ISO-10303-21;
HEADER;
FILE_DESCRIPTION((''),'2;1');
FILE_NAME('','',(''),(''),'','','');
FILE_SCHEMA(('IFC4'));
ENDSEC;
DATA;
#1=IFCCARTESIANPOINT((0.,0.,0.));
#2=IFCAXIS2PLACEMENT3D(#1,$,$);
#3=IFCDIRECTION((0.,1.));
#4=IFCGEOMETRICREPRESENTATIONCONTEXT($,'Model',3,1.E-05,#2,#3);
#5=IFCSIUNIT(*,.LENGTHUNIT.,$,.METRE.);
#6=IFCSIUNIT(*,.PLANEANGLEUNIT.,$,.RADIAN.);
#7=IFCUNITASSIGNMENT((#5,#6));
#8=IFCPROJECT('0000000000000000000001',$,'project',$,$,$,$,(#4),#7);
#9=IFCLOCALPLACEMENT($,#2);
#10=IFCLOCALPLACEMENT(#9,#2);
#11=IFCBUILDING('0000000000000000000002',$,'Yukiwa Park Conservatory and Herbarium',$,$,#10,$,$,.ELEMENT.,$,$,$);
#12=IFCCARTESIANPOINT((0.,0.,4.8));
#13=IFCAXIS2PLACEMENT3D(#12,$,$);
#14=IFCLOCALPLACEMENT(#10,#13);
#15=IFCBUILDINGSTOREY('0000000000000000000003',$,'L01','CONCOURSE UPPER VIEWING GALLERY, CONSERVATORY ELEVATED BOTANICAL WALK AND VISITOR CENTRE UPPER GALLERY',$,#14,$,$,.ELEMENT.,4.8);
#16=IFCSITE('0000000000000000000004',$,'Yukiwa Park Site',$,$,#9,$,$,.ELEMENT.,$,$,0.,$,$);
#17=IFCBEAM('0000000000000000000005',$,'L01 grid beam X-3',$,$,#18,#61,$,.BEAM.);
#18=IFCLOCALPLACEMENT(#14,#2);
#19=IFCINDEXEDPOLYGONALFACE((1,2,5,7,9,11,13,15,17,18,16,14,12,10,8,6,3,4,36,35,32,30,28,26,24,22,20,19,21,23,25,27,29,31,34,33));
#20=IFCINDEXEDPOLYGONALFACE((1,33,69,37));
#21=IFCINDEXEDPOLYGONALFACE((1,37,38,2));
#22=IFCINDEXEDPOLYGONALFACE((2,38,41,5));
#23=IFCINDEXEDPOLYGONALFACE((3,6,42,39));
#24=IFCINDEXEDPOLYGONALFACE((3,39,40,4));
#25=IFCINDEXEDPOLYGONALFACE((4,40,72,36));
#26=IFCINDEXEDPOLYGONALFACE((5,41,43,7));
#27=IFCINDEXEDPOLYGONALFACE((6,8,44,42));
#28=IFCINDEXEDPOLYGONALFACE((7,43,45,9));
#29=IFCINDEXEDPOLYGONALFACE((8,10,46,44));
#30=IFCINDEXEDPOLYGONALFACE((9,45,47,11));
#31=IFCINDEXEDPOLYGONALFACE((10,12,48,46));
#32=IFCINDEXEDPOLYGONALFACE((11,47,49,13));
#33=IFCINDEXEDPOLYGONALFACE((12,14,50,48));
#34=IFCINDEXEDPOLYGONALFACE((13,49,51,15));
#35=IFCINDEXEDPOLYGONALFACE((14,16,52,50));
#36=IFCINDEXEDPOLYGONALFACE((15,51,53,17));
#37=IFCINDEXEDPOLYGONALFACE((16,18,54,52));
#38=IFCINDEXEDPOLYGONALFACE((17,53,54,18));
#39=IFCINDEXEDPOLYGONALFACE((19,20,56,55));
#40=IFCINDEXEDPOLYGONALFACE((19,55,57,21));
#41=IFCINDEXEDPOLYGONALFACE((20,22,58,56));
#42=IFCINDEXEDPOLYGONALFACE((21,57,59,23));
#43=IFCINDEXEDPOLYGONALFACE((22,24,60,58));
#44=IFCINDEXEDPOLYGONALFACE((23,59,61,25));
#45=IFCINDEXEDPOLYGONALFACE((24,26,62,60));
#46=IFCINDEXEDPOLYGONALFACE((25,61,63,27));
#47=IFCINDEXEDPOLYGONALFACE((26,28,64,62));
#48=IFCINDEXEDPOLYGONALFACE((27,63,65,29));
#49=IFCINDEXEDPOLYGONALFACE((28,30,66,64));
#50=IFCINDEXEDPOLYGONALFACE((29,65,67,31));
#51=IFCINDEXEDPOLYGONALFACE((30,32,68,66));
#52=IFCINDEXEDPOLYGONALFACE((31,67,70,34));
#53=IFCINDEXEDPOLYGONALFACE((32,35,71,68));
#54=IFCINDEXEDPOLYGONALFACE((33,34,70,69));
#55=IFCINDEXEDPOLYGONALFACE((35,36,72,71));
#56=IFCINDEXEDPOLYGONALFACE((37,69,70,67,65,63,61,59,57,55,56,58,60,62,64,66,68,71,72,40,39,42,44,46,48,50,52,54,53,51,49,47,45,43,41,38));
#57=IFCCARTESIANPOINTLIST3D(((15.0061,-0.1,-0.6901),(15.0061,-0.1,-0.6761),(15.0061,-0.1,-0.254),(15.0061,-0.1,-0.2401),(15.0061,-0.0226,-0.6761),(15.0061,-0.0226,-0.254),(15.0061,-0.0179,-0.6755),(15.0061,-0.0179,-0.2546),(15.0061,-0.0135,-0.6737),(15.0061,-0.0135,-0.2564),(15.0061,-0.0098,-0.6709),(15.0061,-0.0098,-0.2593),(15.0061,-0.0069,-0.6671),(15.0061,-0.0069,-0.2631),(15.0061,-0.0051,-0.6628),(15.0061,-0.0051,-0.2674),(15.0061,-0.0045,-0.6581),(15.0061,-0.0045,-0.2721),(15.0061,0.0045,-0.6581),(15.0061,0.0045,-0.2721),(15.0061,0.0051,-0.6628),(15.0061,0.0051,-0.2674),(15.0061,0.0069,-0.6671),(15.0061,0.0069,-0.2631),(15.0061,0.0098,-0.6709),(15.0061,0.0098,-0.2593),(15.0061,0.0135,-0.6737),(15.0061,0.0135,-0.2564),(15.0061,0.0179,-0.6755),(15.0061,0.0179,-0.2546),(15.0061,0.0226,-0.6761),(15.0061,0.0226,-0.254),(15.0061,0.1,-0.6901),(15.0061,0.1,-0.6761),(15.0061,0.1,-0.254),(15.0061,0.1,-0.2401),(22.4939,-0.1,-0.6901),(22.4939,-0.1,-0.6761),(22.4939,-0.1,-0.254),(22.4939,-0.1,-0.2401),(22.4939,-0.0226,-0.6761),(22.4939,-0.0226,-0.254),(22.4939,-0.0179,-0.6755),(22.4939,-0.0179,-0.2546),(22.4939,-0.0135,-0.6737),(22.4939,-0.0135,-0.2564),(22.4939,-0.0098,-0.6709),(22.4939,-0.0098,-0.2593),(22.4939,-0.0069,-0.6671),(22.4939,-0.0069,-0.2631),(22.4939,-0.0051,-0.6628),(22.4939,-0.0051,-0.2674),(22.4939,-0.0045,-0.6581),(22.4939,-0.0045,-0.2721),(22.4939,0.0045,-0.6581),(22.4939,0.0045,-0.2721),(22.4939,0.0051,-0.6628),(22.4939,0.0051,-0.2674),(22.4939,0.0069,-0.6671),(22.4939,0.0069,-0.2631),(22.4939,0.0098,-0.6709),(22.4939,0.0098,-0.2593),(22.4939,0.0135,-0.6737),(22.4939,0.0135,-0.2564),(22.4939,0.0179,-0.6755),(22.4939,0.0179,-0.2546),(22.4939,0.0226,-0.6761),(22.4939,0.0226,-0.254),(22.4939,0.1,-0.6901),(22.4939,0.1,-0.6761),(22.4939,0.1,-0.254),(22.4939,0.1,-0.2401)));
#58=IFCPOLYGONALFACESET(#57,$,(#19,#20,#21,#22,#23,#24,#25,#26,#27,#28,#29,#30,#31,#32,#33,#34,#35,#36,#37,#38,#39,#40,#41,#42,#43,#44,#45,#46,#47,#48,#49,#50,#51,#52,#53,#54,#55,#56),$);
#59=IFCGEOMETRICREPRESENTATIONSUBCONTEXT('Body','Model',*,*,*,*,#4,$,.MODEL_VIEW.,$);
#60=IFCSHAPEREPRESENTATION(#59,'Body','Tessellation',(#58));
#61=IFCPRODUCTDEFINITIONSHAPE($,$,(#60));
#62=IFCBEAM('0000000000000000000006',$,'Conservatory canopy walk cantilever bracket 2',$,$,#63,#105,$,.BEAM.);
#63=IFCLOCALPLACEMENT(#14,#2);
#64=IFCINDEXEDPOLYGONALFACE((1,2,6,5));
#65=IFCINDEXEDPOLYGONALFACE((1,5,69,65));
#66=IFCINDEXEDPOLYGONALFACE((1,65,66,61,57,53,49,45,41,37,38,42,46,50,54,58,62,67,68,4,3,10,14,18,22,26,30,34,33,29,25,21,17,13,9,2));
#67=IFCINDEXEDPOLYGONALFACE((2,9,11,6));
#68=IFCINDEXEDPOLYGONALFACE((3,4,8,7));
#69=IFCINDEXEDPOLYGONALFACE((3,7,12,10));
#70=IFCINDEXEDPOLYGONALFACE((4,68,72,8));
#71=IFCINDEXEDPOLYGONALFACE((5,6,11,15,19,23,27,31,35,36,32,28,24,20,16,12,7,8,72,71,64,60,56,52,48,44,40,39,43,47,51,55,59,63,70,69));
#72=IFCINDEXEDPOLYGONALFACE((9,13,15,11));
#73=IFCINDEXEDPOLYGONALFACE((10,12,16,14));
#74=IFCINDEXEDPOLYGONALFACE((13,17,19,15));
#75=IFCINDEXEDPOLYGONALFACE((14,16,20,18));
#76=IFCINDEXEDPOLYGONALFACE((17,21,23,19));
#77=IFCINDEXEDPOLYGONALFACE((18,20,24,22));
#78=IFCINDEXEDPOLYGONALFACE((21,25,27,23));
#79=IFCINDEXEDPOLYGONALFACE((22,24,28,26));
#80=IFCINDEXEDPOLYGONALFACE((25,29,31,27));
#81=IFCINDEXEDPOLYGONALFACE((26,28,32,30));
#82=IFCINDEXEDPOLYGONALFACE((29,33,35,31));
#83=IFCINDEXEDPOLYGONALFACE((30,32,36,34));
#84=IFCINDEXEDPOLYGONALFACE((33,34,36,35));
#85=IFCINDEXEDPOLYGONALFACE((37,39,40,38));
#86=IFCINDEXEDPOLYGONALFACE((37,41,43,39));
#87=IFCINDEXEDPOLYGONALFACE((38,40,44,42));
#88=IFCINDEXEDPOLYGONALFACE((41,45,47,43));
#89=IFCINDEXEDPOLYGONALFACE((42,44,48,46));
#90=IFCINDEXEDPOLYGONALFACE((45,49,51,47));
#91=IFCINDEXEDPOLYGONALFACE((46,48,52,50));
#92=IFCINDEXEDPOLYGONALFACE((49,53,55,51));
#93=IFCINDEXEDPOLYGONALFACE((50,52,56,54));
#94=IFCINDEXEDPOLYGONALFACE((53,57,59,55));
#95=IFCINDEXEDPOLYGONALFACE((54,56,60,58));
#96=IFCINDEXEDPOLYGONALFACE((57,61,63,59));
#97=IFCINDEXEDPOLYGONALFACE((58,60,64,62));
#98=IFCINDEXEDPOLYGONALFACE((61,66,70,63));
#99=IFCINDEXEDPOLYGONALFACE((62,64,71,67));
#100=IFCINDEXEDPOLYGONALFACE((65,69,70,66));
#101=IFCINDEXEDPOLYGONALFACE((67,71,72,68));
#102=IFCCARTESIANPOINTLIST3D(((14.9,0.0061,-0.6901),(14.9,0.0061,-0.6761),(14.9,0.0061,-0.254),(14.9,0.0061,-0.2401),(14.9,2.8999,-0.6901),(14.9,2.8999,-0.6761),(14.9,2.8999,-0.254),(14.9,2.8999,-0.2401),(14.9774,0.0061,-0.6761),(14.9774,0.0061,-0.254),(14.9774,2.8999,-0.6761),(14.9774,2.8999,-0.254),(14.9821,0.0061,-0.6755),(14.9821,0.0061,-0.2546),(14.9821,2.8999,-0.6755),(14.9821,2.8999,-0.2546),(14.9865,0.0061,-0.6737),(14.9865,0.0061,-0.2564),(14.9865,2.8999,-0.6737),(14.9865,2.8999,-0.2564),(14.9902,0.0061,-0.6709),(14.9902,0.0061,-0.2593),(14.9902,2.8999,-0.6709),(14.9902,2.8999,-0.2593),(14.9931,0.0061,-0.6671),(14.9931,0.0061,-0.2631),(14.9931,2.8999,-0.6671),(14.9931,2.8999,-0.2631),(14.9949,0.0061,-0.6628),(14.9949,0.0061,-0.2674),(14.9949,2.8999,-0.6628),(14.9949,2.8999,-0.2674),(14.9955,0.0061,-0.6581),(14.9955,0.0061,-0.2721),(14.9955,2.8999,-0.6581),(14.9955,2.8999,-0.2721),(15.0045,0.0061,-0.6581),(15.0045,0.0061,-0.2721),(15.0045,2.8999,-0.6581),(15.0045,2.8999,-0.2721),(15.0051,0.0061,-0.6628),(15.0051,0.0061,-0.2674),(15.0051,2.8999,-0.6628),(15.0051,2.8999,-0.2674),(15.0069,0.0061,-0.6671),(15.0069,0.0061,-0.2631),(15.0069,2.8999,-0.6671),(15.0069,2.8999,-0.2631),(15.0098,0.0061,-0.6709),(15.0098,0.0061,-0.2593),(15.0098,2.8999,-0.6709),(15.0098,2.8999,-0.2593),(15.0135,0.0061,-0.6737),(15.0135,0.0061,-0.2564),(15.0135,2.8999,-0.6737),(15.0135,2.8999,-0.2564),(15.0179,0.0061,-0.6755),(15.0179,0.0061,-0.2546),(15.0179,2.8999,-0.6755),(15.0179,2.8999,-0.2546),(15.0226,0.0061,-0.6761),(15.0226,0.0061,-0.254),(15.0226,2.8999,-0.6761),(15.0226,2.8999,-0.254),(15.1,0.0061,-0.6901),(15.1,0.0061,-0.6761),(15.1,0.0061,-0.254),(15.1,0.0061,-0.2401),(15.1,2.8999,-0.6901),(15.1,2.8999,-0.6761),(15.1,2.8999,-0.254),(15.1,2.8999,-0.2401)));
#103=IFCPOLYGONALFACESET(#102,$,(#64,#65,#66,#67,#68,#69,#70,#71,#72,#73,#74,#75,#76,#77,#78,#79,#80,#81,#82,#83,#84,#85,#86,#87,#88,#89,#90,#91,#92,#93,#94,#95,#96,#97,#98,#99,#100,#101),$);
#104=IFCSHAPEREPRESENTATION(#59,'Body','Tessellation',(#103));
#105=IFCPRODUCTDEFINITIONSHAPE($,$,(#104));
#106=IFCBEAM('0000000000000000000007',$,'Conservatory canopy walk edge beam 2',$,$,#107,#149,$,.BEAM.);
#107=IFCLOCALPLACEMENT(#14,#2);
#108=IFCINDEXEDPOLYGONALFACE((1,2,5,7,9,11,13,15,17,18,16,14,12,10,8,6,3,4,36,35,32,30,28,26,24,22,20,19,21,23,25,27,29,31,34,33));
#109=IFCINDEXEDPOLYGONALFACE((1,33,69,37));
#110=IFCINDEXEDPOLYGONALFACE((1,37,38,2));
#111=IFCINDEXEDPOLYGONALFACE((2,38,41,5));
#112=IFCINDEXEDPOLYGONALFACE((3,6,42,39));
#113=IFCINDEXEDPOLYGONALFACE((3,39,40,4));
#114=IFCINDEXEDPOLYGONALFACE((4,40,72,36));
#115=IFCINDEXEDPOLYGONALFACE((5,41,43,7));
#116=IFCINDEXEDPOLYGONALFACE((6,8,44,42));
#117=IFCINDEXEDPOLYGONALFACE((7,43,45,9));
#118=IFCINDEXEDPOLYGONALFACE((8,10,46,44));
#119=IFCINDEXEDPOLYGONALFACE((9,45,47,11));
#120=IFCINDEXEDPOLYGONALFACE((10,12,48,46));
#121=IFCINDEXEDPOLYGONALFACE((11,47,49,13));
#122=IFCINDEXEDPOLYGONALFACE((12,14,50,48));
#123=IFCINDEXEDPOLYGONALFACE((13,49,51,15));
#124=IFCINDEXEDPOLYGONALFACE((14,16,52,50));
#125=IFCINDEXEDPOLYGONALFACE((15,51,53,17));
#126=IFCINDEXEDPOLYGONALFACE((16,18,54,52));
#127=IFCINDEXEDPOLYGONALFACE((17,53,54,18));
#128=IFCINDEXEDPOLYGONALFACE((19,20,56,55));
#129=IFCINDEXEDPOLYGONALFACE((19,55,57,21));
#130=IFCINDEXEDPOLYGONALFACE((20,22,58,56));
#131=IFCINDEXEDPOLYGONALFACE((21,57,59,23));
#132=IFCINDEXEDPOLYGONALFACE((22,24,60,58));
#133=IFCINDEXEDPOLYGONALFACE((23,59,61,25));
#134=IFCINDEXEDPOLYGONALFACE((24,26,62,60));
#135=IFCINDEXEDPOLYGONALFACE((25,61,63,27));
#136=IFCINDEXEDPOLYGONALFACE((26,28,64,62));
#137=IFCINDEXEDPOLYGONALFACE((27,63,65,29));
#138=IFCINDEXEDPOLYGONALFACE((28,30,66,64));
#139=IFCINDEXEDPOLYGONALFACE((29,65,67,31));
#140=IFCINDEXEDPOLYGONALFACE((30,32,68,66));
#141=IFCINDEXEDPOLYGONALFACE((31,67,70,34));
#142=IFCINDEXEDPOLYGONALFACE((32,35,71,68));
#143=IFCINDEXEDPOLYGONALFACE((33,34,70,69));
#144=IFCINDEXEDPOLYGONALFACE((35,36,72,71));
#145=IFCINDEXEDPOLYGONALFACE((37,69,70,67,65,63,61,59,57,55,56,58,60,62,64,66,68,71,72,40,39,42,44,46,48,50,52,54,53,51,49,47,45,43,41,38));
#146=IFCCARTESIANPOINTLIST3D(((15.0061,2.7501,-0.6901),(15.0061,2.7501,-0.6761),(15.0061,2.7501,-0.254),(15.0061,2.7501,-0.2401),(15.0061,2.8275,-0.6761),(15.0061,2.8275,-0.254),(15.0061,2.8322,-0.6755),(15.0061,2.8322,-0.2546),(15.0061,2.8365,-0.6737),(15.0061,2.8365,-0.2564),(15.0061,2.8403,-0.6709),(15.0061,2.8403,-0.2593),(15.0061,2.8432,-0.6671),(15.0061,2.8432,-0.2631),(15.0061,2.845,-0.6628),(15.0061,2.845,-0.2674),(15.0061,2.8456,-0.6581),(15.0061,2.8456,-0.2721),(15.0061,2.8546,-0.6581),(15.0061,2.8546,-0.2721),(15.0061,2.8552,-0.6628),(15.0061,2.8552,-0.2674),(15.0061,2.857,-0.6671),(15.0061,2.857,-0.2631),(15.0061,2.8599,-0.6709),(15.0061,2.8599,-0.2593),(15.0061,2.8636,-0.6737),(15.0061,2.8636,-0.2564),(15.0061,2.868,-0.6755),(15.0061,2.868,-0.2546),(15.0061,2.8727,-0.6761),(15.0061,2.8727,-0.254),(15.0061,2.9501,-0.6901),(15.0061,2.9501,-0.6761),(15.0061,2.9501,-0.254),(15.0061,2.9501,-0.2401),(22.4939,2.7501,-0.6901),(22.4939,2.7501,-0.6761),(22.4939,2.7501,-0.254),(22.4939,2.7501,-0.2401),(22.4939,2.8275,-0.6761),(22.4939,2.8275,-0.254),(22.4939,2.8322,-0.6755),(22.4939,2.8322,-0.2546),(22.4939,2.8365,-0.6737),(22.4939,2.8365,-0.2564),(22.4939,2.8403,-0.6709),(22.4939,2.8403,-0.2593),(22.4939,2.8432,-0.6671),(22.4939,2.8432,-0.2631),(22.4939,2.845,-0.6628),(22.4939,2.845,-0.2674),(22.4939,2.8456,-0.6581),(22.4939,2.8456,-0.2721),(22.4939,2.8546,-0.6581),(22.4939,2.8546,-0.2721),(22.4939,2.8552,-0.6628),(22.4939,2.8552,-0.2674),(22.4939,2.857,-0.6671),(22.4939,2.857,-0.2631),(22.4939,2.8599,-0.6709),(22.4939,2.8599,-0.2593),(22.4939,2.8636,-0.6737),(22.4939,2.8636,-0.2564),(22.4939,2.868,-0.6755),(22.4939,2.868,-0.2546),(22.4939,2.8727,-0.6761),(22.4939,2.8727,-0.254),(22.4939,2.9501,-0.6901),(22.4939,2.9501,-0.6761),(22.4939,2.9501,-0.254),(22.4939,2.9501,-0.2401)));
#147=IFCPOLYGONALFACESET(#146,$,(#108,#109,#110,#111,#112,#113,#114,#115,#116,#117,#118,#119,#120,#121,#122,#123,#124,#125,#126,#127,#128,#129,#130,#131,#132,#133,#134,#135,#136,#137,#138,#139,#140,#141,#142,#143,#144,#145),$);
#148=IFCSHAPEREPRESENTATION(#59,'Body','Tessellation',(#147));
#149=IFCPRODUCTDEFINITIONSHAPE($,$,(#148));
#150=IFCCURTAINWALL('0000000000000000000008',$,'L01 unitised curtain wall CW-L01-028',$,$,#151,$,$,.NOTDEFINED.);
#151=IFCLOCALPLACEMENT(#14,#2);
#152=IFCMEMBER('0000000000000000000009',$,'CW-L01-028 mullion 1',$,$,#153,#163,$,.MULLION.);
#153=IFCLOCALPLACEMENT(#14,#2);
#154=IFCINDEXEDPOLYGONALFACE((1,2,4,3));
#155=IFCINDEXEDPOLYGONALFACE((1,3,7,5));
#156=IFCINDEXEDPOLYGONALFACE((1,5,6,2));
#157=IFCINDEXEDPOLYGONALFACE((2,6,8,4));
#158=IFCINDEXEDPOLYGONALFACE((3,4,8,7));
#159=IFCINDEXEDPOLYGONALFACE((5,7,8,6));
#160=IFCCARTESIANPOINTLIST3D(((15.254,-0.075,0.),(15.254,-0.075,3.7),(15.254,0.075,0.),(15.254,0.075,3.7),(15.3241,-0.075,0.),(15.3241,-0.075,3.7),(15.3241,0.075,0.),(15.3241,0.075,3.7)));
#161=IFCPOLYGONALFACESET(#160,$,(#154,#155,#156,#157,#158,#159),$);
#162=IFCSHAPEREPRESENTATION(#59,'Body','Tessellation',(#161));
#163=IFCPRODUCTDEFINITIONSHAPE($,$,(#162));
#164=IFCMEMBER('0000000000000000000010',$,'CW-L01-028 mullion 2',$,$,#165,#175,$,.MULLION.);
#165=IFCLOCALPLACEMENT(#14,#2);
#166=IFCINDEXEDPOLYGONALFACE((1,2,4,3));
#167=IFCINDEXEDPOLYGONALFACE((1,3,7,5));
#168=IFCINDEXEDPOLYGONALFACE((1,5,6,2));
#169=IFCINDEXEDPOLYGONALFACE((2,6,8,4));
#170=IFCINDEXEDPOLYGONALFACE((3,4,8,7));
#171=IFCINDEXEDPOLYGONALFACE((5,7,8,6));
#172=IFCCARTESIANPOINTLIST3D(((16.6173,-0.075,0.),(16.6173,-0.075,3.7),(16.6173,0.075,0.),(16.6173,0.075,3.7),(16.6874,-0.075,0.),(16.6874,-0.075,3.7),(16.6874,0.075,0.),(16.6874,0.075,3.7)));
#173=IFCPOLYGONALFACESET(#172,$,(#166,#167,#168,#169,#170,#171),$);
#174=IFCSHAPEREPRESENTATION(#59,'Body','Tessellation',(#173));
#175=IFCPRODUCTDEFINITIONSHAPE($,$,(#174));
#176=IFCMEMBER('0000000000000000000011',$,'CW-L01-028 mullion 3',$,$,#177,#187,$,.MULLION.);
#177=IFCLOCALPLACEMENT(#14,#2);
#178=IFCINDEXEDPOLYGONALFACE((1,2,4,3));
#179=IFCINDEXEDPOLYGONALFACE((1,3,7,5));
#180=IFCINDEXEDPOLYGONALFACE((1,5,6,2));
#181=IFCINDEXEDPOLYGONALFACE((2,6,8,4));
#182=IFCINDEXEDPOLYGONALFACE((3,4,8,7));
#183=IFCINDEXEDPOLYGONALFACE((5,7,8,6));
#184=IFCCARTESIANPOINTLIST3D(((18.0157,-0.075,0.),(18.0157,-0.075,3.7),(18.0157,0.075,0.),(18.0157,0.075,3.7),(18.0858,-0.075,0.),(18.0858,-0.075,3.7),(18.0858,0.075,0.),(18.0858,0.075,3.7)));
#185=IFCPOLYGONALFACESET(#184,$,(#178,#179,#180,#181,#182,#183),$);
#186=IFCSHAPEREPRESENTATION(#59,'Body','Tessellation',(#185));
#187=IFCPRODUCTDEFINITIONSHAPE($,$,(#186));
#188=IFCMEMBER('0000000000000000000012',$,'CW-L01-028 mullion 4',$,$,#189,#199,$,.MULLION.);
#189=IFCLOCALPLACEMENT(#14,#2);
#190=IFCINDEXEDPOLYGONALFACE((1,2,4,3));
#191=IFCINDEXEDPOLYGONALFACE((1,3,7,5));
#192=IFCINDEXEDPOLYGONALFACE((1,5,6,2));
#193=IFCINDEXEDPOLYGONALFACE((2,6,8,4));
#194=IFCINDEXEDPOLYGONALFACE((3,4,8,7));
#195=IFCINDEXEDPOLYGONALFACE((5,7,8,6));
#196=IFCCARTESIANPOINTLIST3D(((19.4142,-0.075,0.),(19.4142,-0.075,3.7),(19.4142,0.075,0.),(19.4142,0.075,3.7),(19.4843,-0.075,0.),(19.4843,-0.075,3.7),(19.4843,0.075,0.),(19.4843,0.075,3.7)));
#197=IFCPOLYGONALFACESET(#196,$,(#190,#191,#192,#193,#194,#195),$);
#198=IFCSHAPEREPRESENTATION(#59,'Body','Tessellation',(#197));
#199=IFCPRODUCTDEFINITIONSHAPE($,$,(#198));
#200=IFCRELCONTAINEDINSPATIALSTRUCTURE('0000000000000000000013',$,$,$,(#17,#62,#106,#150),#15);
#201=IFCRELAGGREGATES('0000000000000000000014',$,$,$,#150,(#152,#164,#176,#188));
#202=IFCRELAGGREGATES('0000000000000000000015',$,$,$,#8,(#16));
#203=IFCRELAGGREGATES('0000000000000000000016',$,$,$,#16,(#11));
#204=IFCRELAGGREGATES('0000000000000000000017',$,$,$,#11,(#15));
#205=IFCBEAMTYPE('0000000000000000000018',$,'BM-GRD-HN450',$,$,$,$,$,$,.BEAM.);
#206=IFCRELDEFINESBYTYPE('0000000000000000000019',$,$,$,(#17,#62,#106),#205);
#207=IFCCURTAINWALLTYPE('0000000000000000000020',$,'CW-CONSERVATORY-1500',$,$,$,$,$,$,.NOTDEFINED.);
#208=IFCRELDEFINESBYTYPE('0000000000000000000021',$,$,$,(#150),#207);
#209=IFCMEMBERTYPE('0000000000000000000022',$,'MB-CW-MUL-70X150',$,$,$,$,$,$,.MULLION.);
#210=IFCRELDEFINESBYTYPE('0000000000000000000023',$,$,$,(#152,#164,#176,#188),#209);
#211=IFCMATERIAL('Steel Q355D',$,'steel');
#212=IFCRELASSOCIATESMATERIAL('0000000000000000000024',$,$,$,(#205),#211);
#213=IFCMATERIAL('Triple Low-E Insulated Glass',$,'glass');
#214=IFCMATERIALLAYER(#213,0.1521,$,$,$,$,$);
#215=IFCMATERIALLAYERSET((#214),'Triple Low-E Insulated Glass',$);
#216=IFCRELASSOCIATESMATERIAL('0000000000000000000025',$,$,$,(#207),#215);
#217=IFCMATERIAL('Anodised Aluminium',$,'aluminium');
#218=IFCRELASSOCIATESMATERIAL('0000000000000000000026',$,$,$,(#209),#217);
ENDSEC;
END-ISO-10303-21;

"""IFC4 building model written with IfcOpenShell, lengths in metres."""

from ifc_helpers import new_model, si_unit, direction, frame, origin, origin_2d, place, context, subcontext, project, spatial, rectangle, i_section, extrude, material, layer, layer_set, material_profile, profile_set, type_object, element, aggregate, save


model = new_model("IFC4")

# Units and contexts
model_context = context("Model", 3, precision=1e-05, world=origin(), true_north=direction((0.0, 1.0)))
body_context = subcontext(model_context, "Body", "Model", "MODEL_VIEW")
ifc_project = project(units=[si_unit("LENGTHUNIT", "METRE"), si_unit("PLANEANGLEUNIT", "RADIAN")], contexts=[model_context])

# Site, building, storey
site_placement = place(None, origin())
site = spatial("IfcSite", under=ifc_project, at=site_placement, Name="Yukiwa Park Site", CompositionType="ELEMENT", RefElevation=0.0)
building_placement = place(site_placement, origin())
building = spatial("IfcBuilding", under=site, at=building_placement, Name="Yukiwa Park Conservatory and Herbarium", CompositionType="ELEMENT")
storey_placement = place(building_placement, frame((0.0, 0.0, 4.8)))
storey = spatial("IfcBuildingStorey", under=building, at=storey_placement, Name="L01", Description="CONCOURSE UPPER VIEWING GALLERY, CONSERVATORY ELEVATED BOTANICAL WALK AND VISITOR CENTRE UPPER GALLERY", CompositionType="ELEMENT", Elevation=4.8)

# Beams
ifc_material_1 = material(Name="Steel Q355D", Category="steel")
ifc_material_profile = material_profile(ifc_material_1, i_section(OverallWidth=0.2, OverallDepth=0.45, WebThickness=0.009, FlangeThickness=0.0139, FilletRadius=0.0181, at=origin_2d()), Name="HN 450x200x9x14")
ifc_profile_set = profile_set([ifc_material_profile], Name="Steel Q355D")
beam_type = type_object("IfcBeamType", Name="BM-GRD-HN450", PredefinedType="BEAM", material=ifc_profile_set)
beam_1_placement = place(storey_placement, frame((15.0061, 0.0, -0.4651), z_axis=(1.0, 0.0, 0.0), x_axis=(0.0, 1.0, 0.0)))
element("IfcBeam", 1, at=beam_1_placement, inside=storey, type_object=beam_type, Name="L01 grid beam X-3", PredefinedType="BEAM", context=body_context, shape_type="SweptSolid", body=[
    extrude(i_section(OverallWidth=0.2, OverallDepth=0.45, WebThickness=0.009, FlangeThickness=0.0139, FilletRadius=0.0181, at=origin_2d()), origin(), (0.0, 0.0, 1.0), 7.4878),
])
beam_2_placement = place(storey_placement, frame((15.0, 0.0061, -0.4651), z_axis=(0.0, 1.0, 0.0), x_axis=(-1.0, 0.0, 0.0)))
element("IfcBeam", 2, at=beam_2_placement, inside=storey, type_object=beam_type, Name="Conservatory canopy walk cantilever bracket 2", PredefinedType="BEAM", context=body_context, shape_type="SweptSolid", body=[
    extrude(i_section(OverallWidth=0.2, OverallDepth=0.45, WebThickness=0.009, FlangeThickness=0.0139, FilletRadius=0.0181, at=origin_2d()), origin(), (0.0, 0.0, 1.0), 2.8938),
])
beam_3_placement = place(storey_placement, frame((15.0061, 2.8501, -0.4651), z_axis=(1.0, 0.0, 0.0), x_axis=(0.0, 1.0, 0.0)))
element("IfcBeam", 3, at=beam_3_placement, inside=storey, type_object=beam_type, Name="Conservatory canopy walk edge beam 2", PredefinedType="BEAM", context=body_context, shape_type="SweptSolid", body=[
    extrude(i_section(OverallWidth=0.2, OverallDepth=0.45, WebThickness=0.009, FlangeThickness=0.0139, FilletRadius=0.0181, at=origin_2d()), origin(), (0.0, 0.0, 1.0), 7.4878),
])

# Curtain wall, members
ifc_material_2 = material(Name="Triple Low-E Insulated Glass", Category="glass")
ifc_layer_1 = layer(ifc_material_2, 0.1521)
ifc_layer_set_1 = layer_set([ifc_layer_1], Name="Triple Low-E Insulated Glass")
curtain_wall_type = type_object("IfcCurtainWallType", Name="CW-CONSERVATORY-1500", PredefinedType="NOTDEFINED", material=ifc_layer_set_1)
curtain_wall_placement = place(storey_placement, origin())
curtain_wall = element("IfcCurtainWall", 4, at=curtain_wall_placement, inside=storey, type_object=curtain_wall_type, Name="L01 unitised curtain wall CW-L01-028", PredefinedType="NOTDEFINED")
ifc_material_3 = material(Name="Anodised Aluminium", Category="aluminium")
member_type_1 = type_object("IfcMemberType", Name="MB-CW-MUL-70X150", PredefinedType="MULLION", material=ifc_material_3)
member_1_placement = place(storey_placement, frame((15.2891, 0.0, 0.0), z_axis=(0.0, 0.0, 1.0), x_axis=(1.0, 0.0, 0.0)))
member_1 = element("IfcMember", 5, at=member_1_placement, type_object=member_type_1, Name="CW-L01-028 mullion 1", PredefinedType="MULLION", context=body_context, shape_type="SweptSolid", body=[
    extrude(rectangle(XDim=0.0701, YDim=0.1499, at=origin_2d()), origin(), (0.0, 0.0, 1.0), 3.7),
])
member_2_placement = place(storey_placement, frame((16.6523, 0.0, 0.0), z_axis=(0.0, 0.0, 1.0), x_axis=(1.0, 0.0, 0.0)))
member_2 = element("IfcMember", 6, at=member_2_placement, type_object=member_type_1, Name="CW-L01-028 mullion 2", PredefinedType="MULLION", context=body_context, shape_type="SweptSolid", body=[
    extrude(rectangle(XDim=0.0701, YDim=0.1499, at=origin_2d()), origin(), (0.0, 0.0, 1.0), 3.7),
])
member_3_placement = place(storey_placement, frame((18.0508, 0.0, 0.0), z_axis=(0.0, 0.0, 1.0), x_axis=(1.0, 0.0, 0.0)))
member_3 = element("IfcMember", 7, at=member_3_placement, type_object=member_type_1, Name="CW-L01-028 mullion 3", PredefinedType="MULLION", context=body_context, shape_type="SweptSolid", body=[
    extrude(rectangle(XDim=0.0701, YDim=0.1499, at=origin_2d()), origin(), (0.0, 0.0, 1.0), 3.7),
])
member_4_placement = place(storey_placement, frame((19.4492, 0.0, 0.0), z_axis=(0.0, 0.0, 1.0), x_axis=(1.0, 0.0, 0.0)))
member_4 = element("IfcMember", 8, at=member_4_placement, type_object=member_type_1, Name="CW-L01-028 mullion 4", PredefinedType="MULLION", context=body_context, shape_type="SweptSolid", body=[
    extrude(rectangle(XDim=0.0701, YDim=0.1499, at=origin_2d()), origin(), (0.0, 0.0, 1.0), 3.7),
])
aggregate(curtain_wall, [member_1, member_2, member_3, member_4])

save(model, "model.ifc")
